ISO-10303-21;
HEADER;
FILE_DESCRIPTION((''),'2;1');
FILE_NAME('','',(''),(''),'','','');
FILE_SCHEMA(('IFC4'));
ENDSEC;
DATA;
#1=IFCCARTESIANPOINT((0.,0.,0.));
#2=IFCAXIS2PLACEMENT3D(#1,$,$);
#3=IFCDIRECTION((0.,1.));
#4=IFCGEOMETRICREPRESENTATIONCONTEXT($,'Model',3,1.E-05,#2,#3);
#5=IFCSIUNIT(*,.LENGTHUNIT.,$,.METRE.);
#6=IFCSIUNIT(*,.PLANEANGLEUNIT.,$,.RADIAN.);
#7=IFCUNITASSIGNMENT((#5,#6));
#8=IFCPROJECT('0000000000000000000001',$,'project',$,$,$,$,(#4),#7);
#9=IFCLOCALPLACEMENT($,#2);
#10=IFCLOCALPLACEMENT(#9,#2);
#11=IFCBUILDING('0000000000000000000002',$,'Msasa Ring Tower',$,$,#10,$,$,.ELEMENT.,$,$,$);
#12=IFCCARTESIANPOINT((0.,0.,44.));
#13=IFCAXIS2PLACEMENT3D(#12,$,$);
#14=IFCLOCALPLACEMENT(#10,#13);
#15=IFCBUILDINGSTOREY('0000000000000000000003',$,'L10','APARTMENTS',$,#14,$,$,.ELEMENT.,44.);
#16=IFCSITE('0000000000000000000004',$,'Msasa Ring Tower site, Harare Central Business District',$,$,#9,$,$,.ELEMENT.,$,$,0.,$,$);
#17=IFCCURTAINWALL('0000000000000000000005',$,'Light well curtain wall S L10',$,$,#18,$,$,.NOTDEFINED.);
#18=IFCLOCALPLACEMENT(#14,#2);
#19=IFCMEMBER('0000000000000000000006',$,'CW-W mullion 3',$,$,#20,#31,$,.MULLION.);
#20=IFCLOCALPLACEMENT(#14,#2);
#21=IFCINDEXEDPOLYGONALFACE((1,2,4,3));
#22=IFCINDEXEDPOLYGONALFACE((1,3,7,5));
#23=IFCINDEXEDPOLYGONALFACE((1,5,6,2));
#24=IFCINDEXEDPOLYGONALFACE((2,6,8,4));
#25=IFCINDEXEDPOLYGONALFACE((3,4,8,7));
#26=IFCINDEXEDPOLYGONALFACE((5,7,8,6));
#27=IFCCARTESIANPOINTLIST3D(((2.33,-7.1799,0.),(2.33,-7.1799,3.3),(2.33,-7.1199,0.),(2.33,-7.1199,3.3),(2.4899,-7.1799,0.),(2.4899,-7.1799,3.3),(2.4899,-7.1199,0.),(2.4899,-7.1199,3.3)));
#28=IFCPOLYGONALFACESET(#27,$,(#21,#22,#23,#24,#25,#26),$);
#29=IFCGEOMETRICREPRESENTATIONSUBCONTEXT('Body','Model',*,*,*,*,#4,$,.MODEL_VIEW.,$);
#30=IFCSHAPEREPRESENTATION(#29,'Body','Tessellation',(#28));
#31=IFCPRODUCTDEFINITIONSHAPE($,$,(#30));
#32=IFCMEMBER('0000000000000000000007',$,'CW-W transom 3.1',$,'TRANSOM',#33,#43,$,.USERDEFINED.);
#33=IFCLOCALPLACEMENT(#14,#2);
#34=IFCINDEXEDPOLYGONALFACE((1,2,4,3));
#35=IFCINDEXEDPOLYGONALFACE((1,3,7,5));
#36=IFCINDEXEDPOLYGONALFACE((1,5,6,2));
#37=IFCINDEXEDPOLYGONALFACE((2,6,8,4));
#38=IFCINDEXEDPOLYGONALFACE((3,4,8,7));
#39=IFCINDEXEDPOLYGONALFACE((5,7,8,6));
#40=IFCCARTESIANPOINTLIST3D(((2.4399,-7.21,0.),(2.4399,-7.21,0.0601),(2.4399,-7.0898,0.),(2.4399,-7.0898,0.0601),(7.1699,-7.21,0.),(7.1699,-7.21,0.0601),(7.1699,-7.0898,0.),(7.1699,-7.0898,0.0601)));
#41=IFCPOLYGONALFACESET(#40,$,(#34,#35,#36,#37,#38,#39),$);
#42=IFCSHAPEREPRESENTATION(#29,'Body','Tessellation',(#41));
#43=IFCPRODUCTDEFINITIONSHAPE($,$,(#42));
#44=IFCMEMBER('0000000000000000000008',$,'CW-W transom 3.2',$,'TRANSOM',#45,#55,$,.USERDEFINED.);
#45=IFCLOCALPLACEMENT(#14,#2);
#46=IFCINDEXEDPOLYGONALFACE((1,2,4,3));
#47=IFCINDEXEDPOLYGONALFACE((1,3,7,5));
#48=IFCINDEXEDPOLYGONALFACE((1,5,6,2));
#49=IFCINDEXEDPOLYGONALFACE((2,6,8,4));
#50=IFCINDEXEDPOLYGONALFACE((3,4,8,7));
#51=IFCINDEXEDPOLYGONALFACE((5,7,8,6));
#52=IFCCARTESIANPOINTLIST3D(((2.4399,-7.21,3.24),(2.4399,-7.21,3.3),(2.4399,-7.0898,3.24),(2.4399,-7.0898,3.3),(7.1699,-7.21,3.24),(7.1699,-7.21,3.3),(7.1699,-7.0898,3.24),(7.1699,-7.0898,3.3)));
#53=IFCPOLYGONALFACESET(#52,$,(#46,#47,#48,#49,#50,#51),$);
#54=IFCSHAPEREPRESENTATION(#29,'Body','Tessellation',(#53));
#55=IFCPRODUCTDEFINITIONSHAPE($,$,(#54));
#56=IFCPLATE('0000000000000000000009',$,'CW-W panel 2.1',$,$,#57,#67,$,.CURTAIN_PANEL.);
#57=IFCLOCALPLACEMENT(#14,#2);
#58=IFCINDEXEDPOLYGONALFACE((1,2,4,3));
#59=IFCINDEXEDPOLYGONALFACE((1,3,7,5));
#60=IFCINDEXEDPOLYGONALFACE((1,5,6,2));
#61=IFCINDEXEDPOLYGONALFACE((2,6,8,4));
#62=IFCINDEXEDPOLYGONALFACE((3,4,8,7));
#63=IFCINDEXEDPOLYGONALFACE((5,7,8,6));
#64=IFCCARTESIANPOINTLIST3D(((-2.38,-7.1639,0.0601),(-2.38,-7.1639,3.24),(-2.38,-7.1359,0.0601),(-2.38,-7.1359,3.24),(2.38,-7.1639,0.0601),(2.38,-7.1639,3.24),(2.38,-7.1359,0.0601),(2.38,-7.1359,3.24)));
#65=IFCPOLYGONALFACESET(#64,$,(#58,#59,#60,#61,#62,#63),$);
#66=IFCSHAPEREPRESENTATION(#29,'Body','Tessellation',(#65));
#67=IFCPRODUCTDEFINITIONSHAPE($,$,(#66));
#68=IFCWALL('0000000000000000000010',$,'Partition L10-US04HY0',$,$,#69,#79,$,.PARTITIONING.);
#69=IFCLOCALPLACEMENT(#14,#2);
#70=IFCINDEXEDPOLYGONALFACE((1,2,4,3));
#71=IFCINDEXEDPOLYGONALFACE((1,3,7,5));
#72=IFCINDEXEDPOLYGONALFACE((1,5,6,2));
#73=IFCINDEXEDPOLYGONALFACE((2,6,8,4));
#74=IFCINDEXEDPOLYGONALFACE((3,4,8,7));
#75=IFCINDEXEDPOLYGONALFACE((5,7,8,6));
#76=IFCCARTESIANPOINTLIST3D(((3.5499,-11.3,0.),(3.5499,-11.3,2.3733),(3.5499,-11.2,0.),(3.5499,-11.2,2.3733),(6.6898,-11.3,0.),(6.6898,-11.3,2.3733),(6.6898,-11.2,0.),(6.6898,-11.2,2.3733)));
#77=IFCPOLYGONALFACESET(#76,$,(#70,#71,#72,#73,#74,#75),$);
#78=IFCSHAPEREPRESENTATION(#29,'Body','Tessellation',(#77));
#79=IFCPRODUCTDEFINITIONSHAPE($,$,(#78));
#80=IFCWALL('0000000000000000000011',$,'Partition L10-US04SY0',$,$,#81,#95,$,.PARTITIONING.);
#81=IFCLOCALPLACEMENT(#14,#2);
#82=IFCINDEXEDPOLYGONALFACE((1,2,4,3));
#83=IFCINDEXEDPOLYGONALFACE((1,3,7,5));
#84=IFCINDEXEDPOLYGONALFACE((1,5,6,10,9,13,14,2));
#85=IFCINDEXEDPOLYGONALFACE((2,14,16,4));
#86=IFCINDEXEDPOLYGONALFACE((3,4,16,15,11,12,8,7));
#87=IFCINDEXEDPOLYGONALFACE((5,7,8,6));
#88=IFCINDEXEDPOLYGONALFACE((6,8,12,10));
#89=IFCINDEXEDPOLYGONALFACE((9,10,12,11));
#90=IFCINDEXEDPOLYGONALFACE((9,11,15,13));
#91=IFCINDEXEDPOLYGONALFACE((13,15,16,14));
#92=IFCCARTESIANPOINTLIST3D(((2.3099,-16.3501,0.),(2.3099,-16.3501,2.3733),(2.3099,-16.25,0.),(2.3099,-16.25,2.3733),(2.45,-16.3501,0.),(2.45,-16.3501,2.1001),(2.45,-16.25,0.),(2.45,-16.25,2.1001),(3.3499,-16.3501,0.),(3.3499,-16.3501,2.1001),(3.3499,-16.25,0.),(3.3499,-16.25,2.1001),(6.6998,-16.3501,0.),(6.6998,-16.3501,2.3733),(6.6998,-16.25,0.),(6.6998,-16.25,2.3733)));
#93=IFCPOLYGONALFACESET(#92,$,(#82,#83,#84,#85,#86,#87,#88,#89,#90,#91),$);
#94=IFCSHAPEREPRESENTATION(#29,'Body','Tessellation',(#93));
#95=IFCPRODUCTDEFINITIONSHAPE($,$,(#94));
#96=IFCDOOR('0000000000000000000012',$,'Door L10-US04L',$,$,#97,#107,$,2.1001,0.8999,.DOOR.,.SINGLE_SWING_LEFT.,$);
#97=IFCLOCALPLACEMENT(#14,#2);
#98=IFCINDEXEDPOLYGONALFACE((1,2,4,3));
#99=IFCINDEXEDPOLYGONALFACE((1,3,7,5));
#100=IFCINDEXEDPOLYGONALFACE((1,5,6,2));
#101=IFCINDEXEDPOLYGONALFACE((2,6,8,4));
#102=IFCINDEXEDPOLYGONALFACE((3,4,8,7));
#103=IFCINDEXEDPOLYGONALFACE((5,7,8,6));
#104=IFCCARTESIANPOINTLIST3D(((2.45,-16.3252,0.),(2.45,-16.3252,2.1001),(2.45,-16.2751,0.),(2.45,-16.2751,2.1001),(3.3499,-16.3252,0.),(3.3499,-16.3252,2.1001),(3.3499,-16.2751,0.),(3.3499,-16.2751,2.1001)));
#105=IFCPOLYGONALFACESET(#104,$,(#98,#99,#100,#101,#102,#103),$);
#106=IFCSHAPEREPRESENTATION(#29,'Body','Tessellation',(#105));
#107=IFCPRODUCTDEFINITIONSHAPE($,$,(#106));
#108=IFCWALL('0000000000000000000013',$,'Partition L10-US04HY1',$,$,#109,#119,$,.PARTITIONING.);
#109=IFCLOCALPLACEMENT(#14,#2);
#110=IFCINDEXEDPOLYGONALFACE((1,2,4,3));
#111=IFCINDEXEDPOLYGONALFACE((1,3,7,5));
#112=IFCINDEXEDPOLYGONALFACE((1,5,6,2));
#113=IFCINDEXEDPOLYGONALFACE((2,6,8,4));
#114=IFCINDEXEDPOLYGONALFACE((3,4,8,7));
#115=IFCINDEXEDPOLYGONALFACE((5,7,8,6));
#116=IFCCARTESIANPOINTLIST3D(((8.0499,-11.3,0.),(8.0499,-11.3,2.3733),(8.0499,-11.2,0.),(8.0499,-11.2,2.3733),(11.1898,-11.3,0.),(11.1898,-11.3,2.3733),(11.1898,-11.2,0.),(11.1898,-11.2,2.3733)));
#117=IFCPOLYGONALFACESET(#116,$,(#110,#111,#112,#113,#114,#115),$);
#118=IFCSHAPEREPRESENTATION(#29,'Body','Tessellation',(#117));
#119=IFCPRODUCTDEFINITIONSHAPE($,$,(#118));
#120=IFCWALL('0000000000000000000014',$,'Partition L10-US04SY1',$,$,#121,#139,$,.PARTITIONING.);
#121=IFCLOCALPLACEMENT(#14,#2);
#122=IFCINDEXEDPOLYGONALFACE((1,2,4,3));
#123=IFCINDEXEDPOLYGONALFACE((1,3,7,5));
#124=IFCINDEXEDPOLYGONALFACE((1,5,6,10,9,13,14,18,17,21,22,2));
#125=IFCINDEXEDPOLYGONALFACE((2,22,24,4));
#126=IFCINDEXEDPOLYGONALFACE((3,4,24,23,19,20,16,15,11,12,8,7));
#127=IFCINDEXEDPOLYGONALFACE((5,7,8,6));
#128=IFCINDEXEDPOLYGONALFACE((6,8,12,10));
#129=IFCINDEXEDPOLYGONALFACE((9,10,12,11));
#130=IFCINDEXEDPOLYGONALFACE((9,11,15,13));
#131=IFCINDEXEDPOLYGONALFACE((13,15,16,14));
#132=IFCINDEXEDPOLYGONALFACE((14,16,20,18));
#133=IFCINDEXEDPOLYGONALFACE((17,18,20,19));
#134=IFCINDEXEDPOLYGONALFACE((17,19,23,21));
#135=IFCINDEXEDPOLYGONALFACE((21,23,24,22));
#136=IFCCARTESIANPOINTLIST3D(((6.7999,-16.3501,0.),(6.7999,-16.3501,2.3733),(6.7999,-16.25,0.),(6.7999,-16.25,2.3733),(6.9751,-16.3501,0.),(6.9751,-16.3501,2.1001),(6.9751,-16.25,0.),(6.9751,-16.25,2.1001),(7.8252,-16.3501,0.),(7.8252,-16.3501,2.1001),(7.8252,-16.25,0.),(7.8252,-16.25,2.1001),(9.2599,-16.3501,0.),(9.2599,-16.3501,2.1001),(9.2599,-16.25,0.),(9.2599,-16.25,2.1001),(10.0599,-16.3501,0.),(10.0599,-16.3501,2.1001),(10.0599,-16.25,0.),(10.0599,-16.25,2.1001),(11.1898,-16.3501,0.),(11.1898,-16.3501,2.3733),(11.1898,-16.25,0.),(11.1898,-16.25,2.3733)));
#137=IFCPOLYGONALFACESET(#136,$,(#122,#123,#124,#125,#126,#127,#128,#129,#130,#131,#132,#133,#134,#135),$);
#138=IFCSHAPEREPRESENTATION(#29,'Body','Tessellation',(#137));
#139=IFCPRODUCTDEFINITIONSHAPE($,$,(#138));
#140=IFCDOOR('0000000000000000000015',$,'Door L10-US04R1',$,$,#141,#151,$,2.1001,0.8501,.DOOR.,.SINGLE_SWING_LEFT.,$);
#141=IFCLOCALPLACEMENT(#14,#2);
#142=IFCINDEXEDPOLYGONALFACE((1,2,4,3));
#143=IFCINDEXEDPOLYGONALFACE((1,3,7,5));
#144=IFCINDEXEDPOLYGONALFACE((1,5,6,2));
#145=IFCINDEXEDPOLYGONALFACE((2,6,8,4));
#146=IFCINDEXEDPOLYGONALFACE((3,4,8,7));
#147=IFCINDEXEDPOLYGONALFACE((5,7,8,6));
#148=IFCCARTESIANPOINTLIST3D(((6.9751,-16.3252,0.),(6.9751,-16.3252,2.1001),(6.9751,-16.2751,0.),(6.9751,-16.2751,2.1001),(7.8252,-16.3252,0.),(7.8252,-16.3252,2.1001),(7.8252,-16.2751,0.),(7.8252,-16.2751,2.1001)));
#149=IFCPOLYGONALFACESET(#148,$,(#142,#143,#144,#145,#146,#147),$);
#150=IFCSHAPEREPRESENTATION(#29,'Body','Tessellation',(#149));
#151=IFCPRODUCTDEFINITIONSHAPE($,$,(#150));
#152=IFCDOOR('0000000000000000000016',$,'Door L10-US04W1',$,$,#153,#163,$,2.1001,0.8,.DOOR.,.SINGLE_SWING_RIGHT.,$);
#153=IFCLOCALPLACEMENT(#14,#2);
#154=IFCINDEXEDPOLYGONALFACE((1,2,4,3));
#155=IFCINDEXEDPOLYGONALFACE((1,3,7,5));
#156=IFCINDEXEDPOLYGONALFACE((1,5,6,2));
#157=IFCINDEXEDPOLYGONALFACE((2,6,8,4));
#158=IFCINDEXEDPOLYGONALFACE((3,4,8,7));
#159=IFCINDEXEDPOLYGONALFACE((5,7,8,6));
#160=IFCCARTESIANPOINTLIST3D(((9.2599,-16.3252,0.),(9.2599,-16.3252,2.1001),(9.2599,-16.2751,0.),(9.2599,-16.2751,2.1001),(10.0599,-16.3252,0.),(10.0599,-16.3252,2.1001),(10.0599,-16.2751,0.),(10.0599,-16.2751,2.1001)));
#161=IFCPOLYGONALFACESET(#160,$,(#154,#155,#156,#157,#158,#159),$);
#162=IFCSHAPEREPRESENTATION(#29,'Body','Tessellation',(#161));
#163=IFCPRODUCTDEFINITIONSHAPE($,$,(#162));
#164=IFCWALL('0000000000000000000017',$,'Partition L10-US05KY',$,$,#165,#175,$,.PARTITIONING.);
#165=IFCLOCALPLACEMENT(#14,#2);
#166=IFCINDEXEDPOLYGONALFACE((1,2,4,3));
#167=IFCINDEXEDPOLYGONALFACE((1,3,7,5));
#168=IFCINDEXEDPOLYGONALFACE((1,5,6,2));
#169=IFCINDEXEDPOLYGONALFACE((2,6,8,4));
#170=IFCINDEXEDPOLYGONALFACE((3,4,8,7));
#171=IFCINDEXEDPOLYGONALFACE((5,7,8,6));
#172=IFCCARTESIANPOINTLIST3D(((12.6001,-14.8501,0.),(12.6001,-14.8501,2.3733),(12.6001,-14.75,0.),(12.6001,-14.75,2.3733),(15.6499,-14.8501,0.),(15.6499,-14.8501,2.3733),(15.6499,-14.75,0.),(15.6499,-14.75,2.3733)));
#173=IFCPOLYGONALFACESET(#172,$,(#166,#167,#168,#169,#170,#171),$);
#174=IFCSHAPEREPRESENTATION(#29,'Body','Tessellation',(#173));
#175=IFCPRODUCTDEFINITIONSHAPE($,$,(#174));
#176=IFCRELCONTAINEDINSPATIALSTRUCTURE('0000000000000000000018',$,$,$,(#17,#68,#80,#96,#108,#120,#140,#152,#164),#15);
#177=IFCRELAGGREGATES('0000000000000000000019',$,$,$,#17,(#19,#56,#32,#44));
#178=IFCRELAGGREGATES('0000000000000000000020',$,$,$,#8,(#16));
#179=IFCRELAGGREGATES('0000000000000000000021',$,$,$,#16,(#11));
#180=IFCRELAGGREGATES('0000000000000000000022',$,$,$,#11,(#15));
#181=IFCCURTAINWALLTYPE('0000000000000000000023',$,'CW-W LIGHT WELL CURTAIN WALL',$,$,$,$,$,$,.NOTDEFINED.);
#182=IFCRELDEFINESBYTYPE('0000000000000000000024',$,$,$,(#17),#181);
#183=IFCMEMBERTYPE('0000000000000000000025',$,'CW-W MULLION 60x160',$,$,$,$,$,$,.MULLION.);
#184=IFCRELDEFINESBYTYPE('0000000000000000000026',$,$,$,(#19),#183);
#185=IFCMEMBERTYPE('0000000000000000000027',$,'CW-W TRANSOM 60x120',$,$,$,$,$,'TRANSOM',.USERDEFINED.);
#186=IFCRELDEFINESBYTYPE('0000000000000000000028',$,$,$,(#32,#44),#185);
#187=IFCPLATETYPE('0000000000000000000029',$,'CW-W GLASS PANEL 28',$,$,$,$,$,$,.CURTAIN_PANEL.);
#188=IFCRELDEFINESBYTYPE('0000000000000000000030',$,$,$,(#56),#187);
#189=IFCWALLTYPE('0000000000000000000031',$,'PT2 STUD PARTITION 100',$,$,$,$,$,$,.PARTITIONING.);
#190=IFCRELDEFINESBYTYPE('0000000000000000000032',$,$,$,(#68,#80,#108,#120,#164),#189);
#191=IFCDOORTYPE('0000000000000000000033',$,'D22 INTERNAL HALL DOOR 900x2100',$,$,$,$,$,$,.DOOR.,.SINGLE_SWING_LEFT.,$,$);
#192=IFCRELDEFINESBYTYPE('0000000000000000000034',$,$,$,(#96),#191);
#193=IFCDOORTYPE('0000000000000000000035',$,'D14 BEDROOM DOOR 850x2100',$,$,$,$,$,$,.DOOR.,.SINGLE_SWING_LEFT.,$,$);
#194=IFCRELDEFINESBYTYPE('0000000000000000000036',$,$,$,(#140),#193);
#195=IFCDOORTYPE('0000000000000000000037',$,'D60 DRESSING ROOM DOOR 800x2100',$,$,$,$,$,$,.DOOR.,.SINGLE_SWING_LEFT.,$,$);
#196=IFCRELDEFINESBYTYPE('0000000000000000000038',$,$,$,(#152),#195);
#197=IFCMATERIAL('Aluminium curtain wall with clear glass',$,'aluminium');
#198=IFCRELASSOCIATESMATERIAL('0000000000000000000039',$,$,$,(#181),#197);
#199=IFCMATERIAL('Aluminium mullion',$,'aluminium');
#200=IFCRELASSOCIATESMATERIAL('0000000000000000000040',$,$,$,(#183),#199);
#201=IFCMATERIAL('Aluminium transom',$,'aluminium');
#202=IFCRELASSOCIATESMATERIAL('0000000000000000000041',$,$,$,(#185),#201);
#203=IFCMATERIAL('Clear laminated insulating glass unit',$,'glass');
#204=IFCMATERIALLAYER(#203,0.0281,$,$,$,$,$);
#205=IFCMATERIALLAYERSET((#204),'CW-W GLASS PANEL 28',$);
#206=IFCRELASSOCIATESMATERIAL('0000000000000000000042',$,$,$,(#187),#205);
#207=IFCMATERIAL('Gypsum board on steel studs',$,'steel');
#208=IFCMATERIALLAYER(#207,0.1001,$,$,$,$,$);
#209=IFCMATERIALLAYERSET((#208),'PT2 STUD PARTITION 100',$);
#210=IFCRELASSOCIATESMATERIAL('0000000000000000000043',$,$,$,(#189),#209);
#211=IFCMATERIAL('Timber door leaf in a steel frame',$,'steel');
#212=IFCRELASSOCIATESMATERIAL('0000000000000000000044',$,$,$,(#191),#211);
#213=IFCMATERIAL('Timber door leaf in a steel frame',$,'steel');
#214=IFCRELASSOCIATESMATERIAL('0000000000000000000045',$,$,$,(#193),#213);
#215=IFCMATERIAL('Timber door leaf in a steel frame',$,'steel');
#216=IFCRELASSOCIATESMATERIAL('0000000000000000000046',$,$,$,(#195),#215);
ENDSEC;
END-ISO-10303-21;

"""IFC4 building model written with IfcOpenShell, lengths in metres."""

from ifc_helpers import new_model, si_unit, direction, frame, frame_2d, origin, origin_2d, place, context, subcontext, project, spatial, rectangle, extrude, material, layer, layer_set, material_profile, profile_set, type_object, element, fill, aggregate, save


model = new_model("IFC4")

# Units and contexts
model_context = context("Model", 3, precision=1e-05, world=origin(), true_north=direction((0.0, 1.0)))
body_context = subcontext(model_context, "Body", "Model", "MODEL_VIEW")
ifc_project = project(units=[si_unit("LENGTHUNIT", "METRE"), si_unit("PLANEANGLEUNIT", "RADIAN")], contexts=[model_context])

# Site, building, storey
site_placement = place(None, origin())
site = spatial("IfcSite", under=ifc_project, at=site_placement, Name="Msasa Ring Tower site, Harare Central Business District", CompositionType="ELEMENT", RefElevation=0.0)
building_placement = place(site_placement, origin())
building = spatial("IfcBuilding", under=site, at=building_placement, Name="Msasa Ring Tower", CompositionType="ELEMENT")
storey_placement = place(building_placement, frame((0.0, 0.0, 44.0)))
storey = spatial("IfcBuildingStorey", under=building, at=storey_placement, Name="L10", Description="APARTMENTS", CompositionType="ELEMENT", Elevation=44.0)

# Curtain wall, members, plate
ifc_material_1 = material(Name="Aluminium curtain wall with clear glass", Category="aluminium")
curtain_wall_type = type_object("IfcCurtainWallType", Name="CW-W LIGHT WELL CURTAIN WALL", PredefinedType="NOTDEFINED", material=ifc_material_1)
curtain_wall_placement = place(storey_placement, origin())
curtain_wall = element("IfcCurtainWall", 1, at=curtain_wall_placement, inside=storey, type_object=curtain_wall_type, Name="Light well curtain wall S L10", PredefinedType="NOTDEFINED")
ifc_material_2 = material(Name="Aluminium mullion", Category="aluminium")
ifc_material_profile_1 = material_profile(ifc_material_2, rectangle(XDim=0.0601, YDim=0.1599, at=origin_2d()), Name="AL 60x160")
ifc_profile_set_1 = profile_set([ifc_material_profile_1], Name="Aluminium mullion")
member_type_1 = type_object("IfcMemberType", Name="CW-W MULLION 60x160", PredefinedType="MULLION", material=ifc_profile_set_1)
member_1_placement = place(storey_placement, frame((2.4099, -7.1499, 0.0), z_axis=(0.0, 0.0, 1.0), x_axis=(0.0, 1.0, 0.0)))
member_1 = element("IfcMember", 2, at=member_1_placement, type_object=member_type_1, Name="CW-W mullion 3", PredefinedType="MULLION", context=body_context, shape_type="SweptSolid", body=[
    extrude(rectangle(XDim=0.0601, YDim=0.1599, at=origin_2d()), origin(), (0.0, 0.0, 1.0), 3.3),
])
ifc_material_3 = material(Name="Aluminium transom", Category="aluminium")
ifc_material_profile_2 = material_profile(ifc_material_3, rectangle(XDim=0.1201, YDim=0.0601, at=origin_2d()), Name="AL 60x120")
ifc_profile_set_2 = profile_set([ifc_material_profile_2], Name="Aluminium transom")
member_type_2 = type_object("IfcMemberType", Name="CW-W TRANSOM 60x120", ElementType="TRANSOM", PredefinedType="USERDEFINED", material=ifc_profile_set_2)
member_2_placement = place(storey_placement, frame((2.4399, -7.1499, 0.03), z_axis=(1.0, 0.0, 0.0), x_axis=(0.0, 1.0, 0.0)))
member_2 = element("IfcMember", 3, at=member_2_placement, type_object=member_type_2, Name="CW-W transom 3.1", ObjectType="TRANSOM", PredefinedType="USERDEFINED", context=body_context, shape_type="SweptSolid", body=[
    extrude(rectangle(XDim=0.1201, YDim=0.0601, at=origin_2d()), origin(), (0.0, 0.0, 1.0), 4.73),
])
member_3_placement = place(storey_placement, frame((2.4399, -7.1499, 3.27), z_axis=(1.0, 0.0, 0.0), x_axis=(0.0, 1.0, 0.0)))
member_3 = element("IfcMember", 4, at=member_3_placement, type_object=member_type_2, Name="CW-W transom 3.2", ObjectType="TRANSOM", PredefinedType="USERDEFINED", context=body_context, shape_type="SweptSolid", body=[
    extrude(rectangle(XDim=0.1201, YDim=0.0601, at=origin_2d()), origin(), (0.0, 0.0, 1.0), 4.73),
])
ifc_material_4 = material(Name="Clear laminated insulating glass unit", Category="glass")
ifc_layer_1 = layer(ifc_material_4, 0.0281)
ifc_layer_set_1 = layer_set([ifc_layer_1], Name="CW-W GLASS PANEL 28")
plate_type = type_object("IfcPlateType", Name="CW-W GLASS PANEL 28", PredefinedType="CURTAIN_PANEL", material=ifc_layer_set_1)
plate_placement = place(storey_placement, frame((0.0, -7.1499, 0.0601), z_axis=(0.0, 0.0, 1.0), x_axis=(1.0, 0.0, 0.0)))
plate = element("IfcPlate", 5, at=plate_placement, type_object=plate_type, Name="CW-W panel 2.1", PredefinedType="CURTAIN_PANEL", context=body_context, shape_type="SweptSolid", body=[
    extrude(rectangle(XDim=4.76, YDim=0.0281, at=origin_2d()), origin(), (0.0, 0.0, 1.0), 3.1799),
])
aggregate(curtain_wall, [member_1, plate, member_2, member_3])

# Wall
ifc_material_5 = material(Name="Gypsum board on steel studs", Category="steel")
ifc_layer_2 = layer(ifc_material_5, 0.1001)
ifc_layer_set_2 = layer_set([ifc_layer_2], Name="PT2 STUD PARTITION 100")
wall_type_1 = type_object("IfcWallType", Name="PT2 STUD PARTITION 100", PredefinedType="PARTITIONING", material=ifc_layer_set_2)
wall_1_placement = place(storey_placement, frame((3.55, -11.25, 0.0), z_axis=(0.0, 0.0, 1.0), x_axis=(1.0, 0.0, 0.0)))
element("IfcWall", 6, at=wall_1_placement, inside=storey, type_object=wall_type_1, Name="Partition L10-US04HY0", PredefinedType="PARTITIONING", context=body_context, shape_type="SweptSolid", body=[
    extrude(rectangle(XDim=3.1399, YDim=0.1001, at=frame_2d((1.5698, 0.0))), origin(), (0.0, 0.0, 1.0), 2.3733),
])

# Wall, opening, door
wall_2_placement = place(storey_placement, frame((2.3101, -16.3, 0.0), z_axis=(0.0, 0.0, 1.0), x_axis=(1.0, 0.0, 0.0)))
wall_2 = element("IfcWall", 7, at=wall_2_placement, inside=storey, type_object=wall_type_1, Name="Partition L10-US04SY0", PredefinedType="PARTITIONING", context=body_context, shape_type="SweptSolid", body=[
    extrude(rectangle(XDim=4.3899, YDim=0.1001, at=frame_2d((2.1948, 0.0))), origin(), (0.0, 0.0, 1.0), 2.3733),
])
opening_1_placement = place(wall_2_placement, frame((0.1399, 0.0, 0.0)))
opening_1 = element("IfcOpeningElement", 8, at=opening_1_placement, cuts=wall_2, PredefinedType="OPENING", context=body_context, shape_type="SweptSolid", body=[
    extrude(rectangle(XDim=0.8999, YDim=2.1001, at=frame_2d((0.45, 1.05))), frame((0.0, 0.0601, 0.0), z_axis=(0.0, -1.0, 0.0), x_axis=(1.0, 0.0, 0.0)), (0.0, 0.0, 1.0), 0.1201),
])
ifc_material_6 = material(Name="Timber door leaf in a steel frame", Category="steel")
door_type_1 = type_object("IfcDoorType", Name="D22 INTERNAL HALL DOOR 900x2100", OperationType="SINGLE_SWING_LEFT", PredefinedType="DOOR", material=ifc_material_6)
door_1_placement = place(opening_1_placement, origin())
door_1 = element("IfcDoor", 9, at=door_1_placement, inside=storey, type_object=door_type_1, Name="Door L10-US04L", OperationType="SINGLE_SWING_LEFT", OverallHeight=2.1001, OverallWidth=0.8999, PredefinedType="DOOR", context=body_context, shape_type="SweptSolid", body=[
    extrude(rectangle(XDim=0.8999, YDim=2.1001, at=frame_2d((0.45, 1.05))), frame((0.0, 0.0249, 0.0), z_axis=(0.0, -1.0, 0.0), x_axis=(1.0, 0.0, 0.0)), (0.0, 0.0, 1.0), 0.05),
])
fill(opening_1, door_1)

# Wall
wall_3_placement = place(storey_placement, frame((8.05, -11.25, 0.0), z_axis=(0.0, 0.0, 1.0), x_axis=(1.0, 0.0, 0.0)))
element("IfcWall", 10, at=wall_3_placement, inside=storey, type_object=wall_type_1, Name="Partition L10-US04HY1", PredefinedType="PARTITIONING", context=body_context, shape_type="SweptSolid", body=[
    extrude(rectangle(XDim=3.1399, YDim=0.1001, at=frame_2d((1.5698, 0.0))), origin(), (0.0, 0.0, 1.0), 2.3733),
])

# Wall, openings, doors
wall_4_placement = place(storey_placement, frame((6.8, -16.3, 0.0), z_axis=(0.0, 0.0, 1.0), x_axis=(1.0, 0.0, 0.0)))
wall_4 = element("IfcWall", 11, at=wall_4_placement, inside=storey, type_object=wall_type_1, Name="Partition L10-US04SY1", PredefinedType="PARTITIONING", context=body_context, shape_type="SweptSolid", body=[
    extrude(rectangle(XDim=4.3899, YDim=0.1001, at=frame_2d((2.1948, 0.0))), origin(), (0.0, 0.0, 1.0), 2.3733),
])
opening_2_placement = place(wall_4_placement, frame((0.175, 0.0, 0.0)))
opening_2 = element("IfcOpeningElement", 12, at=opening_2_placement, cuts=wall_4, PredefinedType="OPENING", context=body_context, shape_type="SweptSolid", body=[
    extrude(rectangle(XDim=0.8501, YDim=2.1001, at=frame_2d((0.425, 1.05))), frame((0.0, 0.0601, 0.0), z_axis=(0.0, -1.0, 0.0), x_axis=(1.0, 0.0, 0.0)), (0.0, 0.0, 1.0), 0.1201),
])
opening_3_placement = place(wall_4_placement, frame((2.46, 0.0, 0.0)))
opening_3 = element("IfcOpeningElement", 13, at=opening_3_placement, cuts=wall_4, PredefinedType="OPENING", context=body_context, shape_type="SweptSolid", body=[
    extrude(rectangle(XDim=0.8, YDim=2.1001, at=frame_2d((0.3999, 1.05))), frame((0.0, 0.0601, 0.0), z_axis=(0.0, -1.0, 0.0), x_axis=(1.0, 0.0, 0.0)), (0.0, 0.0, 1.0), 0.1201),
])
ifc_material_7 = material(Name="Timber door leaf in a steel frame", Category="steel")
door_type_2 = type_object("IfcDoorType", Name="D14 BEDROOM DOOR 850x2100", OperationType="SINGLE_SWING_LEFT", PredefinedType="DOOR", material=ifc_material_7)
door_2_placement = place(opening_2_placement, origin())
door_2 = element("IfcDoor", 14, at=door_2_placement, inside=storey, type_object=door_type_2, Name="Door L10-US04R1", OperationType="SINGLE_SWING_LEFT", OverallHeight=2.1001, OverallWidth=0.8501, PredefinedType="DOOR", context=body_context, shape_type="SweptSolid", body=[
    extrude(rectangle(XDim=0.8501, YDim=2.1001, at=frame_2d((0.425, 1.05))), frame((0.0, 0.0249, 0.0), z_axis=(0.0, -1.0, 0.0), x_axis=(1.0, 0.0, 0.0)), (0.0, 0.0, 1.0), 0.05),
])
fill(opening_2, door_2)
ifc_material_8 = material(Name="Timber door leaf in a steel frame", Category="steel")
door_type_3 = type_object("IfcDoorType", Name="D60 DRESSING ROOM DOOR 800x2100", OperationType="SINGLE_SWING_LEFT", PredefinedType="DOOR", material=ifc_material_8)
door_3_placement = place(opening_3_placement, origin())
door_3 = element("IfcDoor", 15, at=door_3_placement, inside=storey, type_object=door_type_3, Name="Door L10-US04W1", OperationType="SINGLE_SWING_RIGHT", OverallHeight=2.1001, OverallWidth=0.8, PredefinedType="DOOR", context=body_context, shape_type="SweptSolid", body=[
    extrude(rectangle(XDim=0.8, YDim=2.1001, at=frame_2d((0.3999, 1.05))), frame((0.0, 0.0249, 0.0), z_axis=(0.0, -1.0, 0.0), x_axis=(1.0, 0.0, 0.0)), (0.0, 0.0, 1.0), 0.05),
])
fill(opening_3, door_3)

# Wall
wall_5_placement = place(storey_placement, frame((12.6001, -14.8, 0.0), z_axis=(0.0, 0.0, 1.0), x_axis=(1.0, 0.0, 0.0)))
element("IfcWall", 16, at=wall_5_placement, inside=storey, type_object=wall_type_1, Name="Partition L10-US05KY", PredefinedType="PARTITIONING", context=body_context, shape_type="SweptSolid", body=[
    extrude(rectangle(XDim=3.0498, YDim=0.1001, at=frame_2d((1.5249, 0.0))), origin(), (0.0, 0.0, 1.0), 2.3733),
])

save(model, "model.ifc")
